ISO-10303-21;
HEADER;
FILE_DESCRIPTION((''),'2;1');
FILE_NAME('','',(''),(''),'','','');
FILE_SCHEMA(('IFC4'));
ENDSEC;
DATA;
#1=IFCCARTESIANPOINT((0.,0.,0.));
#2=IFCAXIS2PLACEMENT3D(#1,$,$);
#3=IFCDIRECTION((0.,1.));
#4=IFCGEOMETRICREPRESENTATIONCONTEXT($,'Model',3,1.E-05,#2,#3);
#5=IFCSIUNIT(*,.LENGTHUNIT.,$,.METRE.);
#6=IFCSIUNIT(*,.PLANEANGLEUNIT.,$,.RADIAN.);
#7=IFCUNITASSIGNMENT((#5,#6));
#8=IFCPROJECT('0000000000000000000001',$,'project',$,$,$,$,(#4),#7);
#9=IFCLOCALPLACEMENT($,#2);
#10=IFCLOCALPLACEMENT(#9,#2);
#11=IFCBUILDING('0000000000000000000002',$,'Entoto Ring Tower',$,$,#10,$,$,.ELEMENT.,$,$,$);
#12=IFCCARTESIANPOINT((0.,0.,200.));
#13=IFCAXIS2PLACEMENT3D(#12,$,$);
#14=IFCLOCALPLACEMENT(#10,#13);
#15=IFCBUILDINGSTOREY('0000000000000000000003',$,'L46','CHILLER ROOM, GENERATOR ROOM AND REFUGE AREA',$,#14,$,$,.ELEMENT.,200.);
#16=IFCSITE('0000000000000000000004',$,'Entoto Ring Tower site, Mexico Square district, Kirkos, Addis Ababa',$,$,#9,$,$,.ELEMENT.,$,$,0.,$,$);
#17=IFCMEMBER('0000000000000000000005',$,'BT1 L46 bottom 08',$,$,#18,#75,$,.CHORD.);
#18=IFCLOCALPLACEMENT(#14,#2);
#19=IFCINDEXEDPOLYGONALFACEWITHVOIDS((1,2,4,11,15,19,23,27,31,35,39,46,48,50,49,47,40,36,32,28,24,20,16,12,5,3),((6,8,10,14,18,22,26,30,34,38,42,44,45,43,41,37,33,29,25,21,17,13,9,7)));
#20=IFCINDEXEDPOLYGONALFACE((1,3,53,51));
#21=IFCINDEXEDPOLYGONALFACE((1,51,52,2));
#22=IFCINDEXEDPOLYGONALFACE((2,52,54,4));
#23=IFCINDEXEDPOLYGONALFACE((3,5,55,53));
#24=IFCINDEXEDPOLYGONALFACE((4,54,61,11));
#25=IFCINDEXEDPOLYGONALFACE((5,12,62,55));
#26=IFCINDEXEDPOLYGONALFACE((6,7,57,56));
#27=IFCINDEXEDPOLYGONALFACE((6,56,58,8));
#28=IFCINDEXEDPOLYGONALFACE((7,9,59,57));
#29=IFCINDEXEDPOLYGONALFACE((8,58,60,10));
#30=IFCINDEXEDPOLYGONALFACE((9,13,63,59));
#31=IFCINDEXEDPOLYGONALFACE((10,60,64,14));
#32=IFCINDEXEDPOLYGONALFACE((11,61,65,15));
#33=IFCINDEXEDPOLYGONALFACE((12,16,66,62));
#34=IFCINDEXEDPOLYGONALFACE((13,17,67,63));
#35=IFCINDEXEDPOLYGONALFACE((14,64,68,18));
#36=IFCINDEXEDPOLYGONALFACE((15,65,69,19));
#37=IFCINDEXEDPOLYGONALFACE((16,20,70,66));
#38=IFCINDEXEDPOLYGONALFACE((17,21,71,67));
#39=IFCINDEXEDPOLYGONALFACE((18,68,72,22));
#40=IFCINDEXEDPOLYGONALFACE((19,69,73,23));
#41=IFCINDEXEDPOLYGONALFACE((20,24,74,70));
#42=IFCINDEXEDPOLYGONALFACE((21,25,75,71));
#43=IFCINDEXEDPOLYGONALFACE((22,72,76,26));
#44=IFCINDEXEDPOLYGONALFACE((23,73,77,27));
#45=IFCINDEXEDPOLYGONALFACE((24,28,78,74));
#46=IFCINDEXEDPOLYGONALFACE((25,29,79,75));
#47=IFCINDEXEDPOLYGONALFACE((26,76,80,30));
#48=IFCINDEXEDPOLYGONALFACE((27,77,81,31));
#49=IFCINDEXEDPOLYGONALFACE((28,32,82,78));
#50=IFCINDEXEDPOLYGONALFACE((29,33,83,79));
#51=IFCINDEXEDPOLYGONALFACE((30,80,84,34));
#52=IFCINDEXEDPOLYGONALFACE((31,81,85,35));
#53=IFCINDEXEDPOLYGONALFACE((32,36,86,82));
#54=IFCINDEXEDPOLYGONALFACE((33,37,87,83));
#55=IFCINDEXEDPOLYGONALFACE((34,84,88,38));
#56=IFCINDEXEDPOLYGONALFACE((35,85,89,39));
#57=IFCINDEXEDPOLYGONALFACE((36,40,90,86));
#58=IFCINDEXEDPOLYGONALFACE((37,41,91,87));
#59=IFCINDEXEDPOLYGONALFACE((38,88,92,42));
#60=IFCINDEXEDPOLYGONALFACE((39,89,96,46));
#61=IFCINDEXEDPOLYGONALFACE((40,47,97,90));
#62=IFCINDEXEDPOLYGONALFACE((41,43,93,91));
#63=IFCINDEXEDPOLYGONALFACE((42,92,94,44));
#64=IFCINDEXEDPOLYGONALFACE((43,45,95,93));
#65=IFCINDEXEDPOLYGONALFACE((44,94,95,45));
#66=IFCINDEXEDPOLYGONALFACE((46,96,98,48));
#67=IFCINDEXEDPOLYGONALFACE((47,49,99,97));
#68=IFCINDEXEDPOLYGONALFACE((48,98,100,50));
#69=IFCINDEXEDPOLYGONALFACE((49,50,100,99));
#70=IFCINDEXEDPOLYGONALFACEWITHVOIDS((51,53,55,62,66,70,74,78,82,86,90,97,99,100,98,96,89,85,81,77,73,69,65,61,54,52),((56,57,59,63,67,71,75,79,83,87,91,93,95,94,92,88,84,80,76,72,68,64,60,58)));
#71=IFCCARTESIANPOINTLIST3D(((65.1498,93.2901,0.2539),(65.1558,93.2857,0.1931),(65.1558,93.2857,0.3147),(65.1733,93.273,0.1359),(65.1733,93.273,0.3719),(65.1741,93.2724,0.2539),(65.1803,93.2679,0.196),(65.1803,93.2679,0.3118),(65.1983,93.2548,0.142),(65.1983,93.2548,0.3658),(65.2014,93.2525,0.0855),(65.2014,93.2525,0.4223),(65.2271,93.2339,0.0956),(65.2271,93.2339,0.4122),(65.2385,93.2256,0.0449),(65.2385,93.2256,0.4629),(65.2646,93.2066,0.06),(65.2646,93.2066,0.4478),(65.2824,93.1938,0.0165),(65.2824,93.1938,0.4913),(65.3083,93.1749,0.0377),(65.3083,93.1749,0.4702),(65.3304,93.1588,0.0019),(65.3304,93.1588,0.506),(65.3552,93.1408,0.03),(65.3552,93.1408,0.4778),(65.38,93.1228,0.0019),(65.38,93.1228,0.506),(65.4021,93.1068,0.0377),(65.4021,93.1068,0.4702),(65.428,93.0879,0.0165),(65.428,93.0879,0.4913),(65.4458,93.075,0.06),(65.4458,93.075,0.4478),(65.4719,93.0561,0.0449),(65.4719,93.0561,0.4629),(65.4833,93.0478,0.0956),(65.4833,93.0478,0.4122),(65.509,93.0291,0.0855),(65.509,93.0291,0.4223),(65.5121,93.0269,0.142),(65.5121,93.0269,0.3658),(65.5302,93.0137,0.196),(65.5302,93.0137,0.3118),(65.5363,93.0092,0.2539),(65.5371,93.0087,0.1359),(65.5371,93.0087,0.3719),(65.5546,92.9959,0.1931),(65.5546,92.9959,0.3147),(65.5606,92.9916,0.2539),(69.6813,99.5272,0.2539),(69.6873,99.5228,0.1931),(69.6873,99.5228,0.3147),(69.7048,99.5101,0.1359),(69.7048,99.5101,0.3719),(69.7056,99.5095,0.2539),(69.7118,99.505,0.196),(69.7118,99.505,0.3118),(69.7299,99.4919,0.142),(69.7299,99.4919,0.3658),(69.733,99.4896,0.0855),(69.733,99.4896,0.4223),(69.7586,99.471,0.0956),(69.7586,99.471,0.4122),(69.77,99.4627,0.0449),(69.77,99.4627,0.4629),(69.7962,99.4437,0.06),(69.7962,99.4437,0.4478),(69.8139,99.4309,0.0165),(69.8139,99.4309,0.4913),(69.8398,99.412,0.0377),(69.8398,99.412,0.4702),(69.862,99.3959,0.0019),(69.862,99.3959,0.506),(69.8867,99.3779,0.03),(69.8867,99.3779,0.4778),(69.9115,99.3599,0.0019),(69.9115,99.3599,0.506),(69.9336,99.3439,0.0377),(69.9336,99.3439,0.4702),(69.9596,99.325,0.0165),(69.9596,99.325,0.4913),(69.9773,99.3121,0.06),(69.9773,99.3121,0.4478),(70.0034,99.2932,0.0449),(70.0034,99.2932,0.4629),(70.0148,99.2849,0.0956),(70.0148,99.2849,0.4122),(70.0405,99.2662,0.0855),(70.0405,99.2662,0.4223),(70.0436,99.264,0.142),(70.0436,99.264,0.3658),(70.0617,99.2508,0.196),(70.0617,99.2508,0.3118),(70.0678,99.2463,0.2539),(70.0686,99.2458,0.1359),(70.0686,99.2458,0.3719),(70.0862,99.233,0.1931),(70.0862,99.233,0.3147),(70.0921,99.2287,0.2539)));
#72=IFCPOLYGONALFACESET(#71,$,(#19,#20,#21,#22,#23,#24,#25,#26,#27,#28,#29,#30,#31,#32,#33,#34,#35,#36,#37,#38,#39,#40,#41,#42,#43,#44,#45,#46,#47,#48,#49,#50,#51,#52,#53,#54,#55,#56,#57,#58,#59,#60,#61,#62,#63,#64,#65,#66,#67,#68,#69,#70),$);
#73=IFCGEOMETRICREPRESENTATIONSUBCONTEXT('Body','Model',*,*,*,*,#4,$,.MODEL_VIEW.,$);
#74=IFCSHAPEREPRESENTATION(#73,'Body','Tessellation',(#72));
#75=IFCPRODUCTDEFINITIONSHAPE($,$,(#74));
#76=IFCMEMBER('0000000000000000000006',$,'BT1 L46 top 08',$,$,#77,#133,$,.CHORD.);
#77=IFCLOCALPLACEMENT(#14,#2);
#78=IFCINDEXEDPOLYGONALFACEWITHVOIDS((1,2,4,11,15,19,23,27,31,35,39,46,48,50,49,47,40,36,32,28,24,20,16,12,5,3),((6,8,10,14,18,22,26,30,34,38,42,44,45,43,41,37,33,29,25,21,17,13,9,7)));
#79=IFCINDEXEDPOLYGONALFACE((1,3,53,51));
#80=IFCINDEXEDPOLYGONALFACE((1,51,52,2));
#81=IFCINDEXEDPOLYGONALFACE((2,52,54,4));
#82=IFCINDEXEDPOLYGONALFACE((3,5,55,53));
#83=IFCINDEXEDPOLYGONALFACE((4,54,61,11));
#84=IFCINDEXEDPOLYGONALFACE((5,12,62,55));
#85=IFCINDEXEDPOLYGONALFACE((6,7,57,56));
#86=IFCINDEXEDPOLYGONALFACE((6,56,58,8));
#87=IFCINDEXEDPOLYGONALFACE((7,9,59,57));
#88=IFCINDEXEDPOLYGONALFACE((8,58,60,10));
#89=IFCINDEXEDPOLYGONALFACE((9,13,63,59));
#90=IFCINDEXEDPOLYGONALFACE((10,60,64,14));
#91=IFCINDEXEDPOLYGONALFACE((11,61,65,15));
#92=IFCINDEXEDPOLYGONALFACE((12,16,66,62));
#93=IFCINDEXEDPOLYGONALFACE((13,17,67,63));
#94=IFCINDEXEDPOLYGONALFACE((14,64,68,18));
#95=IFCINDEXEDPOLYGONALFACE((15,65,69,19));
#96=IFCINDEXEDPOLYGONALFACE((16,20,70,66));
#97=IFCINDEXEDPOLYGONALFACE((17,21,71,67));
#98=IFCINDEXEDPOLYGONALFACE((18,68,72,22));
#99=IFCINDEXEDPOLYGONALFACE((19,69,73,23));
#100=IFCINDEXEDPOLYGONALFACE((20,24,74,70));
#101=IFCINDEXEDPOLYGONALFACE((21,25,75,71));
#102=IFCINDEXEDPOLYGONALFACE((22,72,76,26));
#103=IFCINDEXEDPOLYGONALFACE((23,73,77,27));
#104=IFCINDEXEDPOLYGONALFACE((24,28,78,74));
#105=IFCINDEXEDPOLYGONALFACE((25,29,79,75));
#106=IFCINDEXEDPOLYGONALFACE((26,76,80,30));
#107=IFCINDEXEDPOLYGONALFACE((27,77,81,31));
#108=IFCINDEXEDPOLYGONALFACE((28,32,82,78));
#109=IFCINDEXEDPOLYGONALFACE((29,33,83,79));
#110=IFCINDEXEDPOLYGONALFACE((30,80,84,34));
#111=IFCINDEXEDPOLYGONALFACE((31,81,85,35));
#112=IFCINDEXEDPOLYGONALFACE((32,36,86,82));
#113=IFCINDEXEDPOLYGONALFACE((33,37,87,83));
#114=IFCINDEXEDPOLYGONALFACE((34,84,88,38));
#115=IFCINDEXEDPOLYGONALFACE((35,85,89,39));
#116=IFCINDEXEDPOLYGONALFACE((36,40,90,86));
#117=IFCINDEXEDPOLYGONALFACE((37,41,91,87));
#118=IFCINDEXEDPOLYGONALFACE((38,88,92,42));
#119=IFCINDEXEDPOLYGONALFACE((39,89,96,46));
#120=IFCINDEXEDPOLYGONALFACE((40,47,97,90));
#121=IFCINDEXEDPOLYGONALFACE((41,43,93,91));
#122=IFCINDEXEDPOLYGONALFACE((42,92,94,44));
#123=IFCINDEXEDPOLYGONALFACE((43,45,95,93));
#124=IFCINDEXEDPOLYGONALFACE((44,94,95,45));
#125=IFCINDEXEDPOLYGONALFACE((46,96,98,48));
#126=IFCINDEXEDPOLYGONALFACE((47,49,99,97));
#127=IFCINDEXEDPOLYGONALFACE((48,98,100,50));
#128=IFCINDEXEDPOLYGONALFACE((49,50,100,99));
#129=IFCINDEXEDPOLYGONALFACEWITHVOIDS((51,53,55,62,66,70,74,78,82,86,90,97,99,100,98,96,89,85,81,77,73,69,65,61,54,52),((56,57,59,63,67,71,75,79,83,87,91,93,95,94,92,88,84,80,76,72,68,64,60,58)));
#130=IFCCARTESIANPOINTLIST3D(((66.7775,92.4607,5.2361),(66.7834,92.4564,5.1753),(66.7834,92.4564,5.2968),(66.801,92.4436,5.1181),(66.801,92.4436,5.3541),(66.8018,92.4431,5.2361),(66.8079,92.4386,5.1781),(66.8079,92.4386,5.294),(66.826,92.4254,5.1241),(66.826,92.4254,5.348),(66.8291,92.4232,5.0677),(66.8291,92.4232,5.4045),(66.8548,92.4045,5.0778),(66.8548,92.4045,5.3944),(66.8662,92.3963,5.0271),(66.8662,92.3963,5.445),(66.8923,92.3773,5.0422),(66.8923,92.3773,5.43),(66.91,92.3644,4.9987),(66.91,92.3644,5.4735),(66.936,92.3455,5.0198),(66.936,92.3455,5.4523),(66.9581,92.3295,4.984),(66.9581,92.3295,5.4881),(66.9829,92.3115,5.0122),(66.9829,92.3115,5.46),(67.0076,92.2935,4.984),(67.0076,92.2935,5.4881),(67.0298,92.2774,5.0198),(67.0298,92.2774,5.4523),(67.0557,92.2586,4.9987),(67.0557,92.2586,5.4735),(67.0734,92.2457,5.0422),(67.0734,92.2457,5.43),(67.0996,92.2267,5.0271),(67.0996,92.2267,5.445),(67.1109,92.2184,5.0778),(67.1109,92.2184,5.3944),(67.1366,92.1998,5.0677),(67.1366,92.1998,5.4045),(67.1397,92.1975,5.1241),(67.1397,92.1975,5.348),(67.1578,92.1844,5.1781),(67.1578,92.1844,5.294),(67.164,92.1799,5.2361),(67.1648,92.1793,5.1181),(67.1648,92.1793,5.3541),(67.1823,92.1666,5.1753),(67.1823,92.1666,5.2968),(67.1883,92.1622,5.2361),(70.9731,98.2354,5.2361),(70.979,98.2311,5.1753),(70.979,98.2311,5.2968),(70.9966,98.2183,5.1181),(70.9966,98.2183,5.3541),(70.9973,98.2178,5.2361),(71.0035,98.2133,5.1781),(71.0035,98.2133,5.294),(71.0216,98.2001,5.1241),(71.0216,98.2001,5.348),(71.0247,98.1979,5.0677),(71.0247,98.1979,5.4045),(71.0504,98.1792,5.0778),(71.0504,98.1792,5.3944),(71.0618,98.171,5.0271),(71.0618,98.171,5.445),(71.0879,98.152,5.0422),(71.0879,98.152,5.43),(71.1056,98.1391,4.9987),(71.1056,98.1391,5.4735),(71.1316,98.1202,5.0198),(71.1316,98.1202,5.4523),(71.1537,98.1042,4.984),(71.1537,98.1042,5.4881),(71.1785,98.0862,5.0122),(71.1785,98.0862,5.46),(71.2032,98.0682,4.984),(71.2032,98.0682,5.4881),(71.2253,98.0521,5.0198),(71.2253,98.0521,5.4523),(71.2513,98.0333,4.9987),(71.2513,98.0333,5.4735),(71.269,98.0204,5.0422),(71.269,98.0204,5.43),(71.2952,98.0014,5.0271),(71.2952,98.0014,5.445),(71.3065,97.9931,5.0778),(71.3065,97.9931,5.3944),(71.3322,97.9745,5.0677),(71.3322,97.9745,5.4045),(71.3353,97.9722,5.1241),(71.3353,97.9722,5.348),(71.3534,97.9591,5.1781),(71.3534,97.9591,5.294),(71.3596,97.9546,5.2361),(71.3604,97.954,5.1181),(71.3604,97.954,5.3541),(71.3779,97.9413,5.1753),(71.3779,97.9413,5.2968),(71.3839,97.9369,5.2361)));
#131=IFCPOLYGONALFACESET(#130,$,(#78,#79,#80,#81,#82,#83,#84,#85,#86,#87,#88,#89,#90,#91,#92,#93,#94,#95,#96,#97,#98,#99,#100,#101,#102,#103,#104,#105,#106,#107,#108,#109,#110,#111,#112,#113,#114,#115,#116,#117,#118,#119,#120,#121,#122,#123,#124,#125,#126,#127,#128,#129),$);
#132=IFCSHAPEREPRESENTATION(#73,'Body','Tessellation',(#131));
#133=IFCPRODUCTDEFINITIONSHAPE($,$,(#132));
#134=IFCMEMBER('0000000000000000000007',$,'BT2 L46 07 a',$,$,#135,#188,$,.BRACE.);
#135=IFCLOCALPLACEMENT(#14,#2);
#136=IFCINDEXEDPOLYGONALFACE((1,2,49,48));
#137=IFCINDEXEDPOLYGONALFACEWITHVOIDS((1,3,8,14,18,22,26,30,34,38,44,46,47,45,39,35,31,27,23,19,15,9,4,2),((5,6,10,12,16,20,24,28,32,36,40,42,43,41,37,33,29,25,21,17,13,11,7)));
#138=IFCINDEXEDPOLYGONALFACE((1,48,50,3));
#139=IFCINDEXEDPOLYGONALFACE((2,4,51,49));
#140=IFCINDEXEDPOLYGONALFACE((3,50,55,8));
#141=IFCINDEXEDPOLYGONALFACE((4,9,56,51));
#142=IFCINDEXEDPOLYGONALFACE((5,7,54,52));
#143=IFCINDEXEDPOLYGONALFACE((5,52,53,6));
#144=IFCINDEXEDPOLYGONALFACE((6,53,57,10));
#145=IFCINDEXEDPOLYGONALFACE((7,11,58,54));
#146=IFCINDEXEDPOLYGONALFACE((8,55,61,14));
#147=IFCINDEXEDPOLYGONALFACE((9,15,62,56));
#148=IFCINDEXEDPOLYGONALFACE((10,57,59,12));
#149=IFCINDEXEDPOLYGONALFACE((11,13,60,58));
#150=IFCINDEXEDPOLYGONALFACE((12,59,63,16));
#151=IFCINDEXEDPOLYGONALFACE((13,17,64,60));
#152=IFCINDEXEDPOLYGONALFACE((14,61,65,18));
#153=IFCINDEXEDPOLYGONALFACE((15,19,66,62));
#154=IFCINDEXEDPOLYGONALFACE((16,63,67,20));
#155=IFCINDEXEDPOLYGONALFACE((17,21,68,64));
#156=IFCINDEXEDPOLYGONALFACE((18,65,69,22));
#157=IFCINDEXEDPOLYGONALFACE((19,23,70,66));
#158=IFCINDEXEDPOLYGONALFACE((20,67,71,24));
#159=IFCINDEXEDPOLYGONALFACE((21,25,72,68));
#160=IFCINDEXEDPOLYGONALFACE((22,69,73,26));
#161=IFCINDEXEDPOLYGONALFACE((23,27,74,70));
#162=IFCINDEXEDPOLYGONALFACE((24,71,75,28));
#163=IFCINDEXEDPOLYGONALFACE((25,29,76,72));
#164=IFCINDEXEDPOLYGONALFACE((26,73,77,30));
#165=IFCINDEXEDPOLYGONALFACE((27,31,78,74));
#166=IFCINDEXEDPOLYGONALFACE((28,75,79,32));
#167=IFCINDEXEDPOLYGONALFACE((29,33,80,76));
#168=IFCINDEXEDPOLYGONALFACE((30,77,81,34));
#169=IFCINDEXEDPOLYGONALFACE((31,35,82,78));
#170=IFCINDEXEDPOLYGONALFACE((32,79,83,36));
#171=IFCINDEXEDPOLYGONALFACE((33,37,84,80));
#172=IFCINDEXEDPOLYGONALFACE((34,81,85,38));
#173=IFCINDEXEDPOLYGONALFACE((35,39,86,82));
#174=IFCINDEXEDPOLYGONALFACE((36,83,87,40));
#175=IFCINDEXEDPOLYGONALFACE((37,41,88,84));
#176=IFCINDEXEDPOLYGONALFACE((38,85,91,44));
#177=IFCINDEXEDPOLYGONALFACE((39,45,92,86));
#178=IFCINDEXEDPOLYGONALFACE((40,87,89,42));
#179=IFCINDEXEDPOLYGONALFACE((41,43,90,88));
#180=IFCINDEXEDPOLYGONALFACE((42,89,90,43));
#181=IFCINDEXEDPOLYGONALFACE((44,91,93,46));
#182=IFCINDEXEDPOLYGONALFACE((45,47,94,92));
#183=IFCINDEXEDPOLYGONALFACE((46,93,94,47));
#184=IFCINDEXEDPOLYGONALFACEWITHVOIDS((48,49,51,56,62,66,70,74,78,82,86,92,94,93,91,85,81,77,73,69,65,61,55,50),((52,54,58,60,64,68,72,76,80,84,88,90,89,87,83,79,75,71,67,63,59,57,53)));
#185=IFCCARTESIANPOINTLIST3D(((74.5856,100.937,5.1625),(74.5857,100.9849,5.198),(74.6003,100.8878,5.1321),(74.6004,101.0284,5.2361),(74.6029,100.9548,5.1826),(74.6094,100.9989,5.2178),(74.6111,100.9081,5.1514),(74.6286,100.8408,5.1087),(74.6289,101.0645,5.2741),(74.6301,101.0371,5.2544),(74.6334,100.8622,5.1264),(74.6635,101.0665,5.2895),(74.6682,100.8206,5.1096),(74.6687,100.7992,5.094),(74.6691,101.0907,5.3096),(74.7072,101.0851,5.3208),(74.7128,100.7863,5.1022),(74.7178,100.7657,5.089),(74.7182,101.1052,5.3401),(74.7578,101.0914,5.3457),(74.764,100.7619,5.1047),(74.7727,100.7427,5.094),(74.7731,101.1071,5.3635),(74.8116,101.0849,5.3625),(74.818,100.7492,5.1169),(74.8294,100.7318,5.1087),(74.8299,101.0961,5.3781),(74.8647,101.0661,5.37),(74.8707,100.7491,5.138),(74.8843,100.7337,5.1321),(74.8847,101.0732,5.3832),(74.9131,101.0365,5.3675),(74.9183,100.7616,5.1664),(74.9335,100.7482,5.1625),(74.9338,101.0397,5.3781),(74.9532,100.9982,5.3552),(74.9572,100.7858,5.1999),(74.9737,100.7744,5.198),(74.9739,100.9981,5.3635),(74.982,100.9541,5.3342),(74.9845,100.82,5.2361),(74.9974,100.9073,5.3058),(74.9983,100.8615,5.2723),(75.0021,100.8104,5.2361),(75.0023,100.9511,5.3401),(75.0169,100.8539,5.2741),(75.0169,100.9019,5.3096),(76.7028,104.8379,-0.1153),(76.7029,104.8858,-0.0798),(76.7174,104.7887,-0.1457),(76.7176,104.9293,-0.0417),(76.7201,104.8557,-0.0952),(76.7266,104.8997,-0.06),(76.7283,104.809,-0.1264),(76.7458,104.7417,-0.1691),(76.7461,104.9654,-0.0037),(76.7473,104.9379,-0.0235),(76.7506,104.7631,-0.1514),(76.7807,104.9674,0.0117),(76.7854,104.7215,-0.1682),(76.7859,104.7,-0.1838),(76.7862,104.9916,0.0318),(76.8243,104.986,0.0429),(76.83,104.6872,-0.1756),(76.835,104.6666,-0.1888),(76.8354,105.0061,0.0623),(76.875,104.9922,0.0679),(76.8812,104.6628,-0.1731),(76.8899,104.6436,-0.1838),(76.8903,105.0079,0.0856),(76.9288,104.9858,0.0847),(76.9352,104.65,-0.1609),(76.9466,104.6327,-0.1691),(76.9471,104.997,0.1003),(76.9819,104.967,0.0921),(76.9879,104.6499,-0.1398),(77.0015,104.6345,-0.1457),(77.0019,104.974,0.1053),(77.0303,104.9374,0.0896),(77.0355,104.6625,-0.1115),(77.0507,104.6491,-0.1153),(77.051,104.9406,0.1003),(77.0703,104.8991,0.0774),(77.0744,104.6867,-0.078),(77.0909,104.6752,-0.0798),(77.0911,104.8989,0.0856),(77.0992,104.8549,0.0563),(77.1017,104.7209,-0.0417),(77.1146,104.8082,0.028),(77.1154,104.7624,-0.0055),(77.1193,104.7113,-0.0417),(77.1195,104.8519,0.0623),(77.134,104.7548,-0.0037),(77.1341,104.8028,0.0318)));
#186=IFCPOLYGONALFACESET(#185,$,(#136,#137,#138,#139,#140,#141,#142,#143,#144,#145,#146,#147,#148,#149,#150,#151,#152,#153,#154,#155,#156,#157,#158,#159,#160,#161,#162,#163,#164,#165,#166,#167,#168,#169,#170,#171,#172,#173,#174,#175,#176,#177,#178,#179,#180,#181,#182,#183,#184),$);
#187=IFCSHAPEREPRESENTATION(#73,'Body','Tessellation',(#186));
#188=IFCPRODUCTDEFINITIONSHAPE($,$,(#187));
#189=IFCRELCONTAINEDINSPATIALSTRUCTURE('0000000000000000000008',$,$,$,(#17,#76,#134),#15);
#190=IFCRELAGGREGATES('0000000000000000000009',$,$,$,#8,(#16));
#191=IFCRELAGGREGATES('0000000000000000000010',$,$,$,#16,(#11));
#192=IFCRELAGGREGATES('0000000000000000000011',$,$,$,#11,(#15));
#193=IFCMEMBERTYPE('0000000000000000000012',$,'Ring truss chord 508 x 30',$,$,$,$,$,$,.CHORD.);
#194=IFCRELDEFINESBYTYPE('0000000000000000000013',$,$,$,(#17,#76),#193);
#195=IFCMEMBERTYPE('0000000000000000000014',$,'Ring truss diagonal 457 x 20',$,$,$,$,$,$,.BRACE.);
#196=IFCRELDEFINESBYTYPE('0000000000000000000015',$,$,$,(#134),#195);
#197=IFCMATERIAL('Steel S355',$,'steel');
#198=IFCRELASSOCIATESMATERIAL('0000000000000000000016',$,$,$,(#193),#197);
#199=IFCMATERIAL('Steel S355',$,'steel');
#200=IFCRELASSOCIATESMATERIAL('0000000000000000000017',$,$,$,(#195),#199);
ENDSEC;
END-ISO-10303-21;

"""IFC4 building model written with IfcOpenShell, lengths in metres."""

from ifc_helpers import new_model, si_unit, direction, frame, origin, origin_2d, place, context, subcontext, project, spatial, circle, hollow_circle, extrude, material, material_profile, profile_set, type_object, element, save


model = new_model("IFC4")

# Units and contexts
model_context = context("Model", 3, precision=1e-05, world=origin(), true_north=direction((0.0, 1.0)))
body_context = subcontext(model_context, "Body", "Model", "MODEL_VIEW")
ifc_project = project(units=[si_unit("LENGTHUNIT", "METRE"), si_unit("PLANEANGLEUNIT", "RADIAN")], contexts=[model_context])

# Site, building, storey
site_placement = place(None, origin())
site = spatial("IfcSite", under=ifc_project, at=site_placement, Name="Entoto Ring Tower site, Mexico Square district, Kirkos, Addis Ababa", CompositionType="ELEMENT", RefElevation=0.0)
building_placement = place(site_placement, origin())
building = spatial("IfcBuilding", under=site, at=building_placement, Name="Entoto Ring Tower", CompositionType="ELEMENT")
storey_placement = place(building_placement, frame((0.0, 0.0, 200.0)))
storey = spatial("IfcBuildingStorey", under=building, at=storey_placement, Name="L46", Description="CHILLER ROOM, GENERATOR ROOM AND REFUGE AREA", CompositionType="ELEMENT", Elevation=200.0)

# Members
ifc_material_1 = material(Name="Steel S355", Category="steel")
ifc_material_profile_1 = material_profile(ifc_material_1, hollow_circle(Radius=0.2539, WallThickness=0.03, at=origin_2d()), Name="CHS 508 x 30")
ifc_material_2 = material(Name="Concrete C60/75", Category="concrete")
ifc_material_profile_2 = material_profile(ifc_material_2, circle(Radius=0.2241, at=origin_2d()), Name="Concrete C60/75 infill")
ifc_profile_set_1 = profile_set([ifc_material_profile_1, ifc_material_profile_2], Name="Steel S355")
member_type_1 = type_object("IfcMemberType", Name="Ring truss chord 508 x 30", PredefinedType="CHORD", material=ifc_profile_set_1)
for number, where, z_axis, x_axis, name in (
    (1, (69.8867, 99.3779, 0.2539), (-0.587786, -0.809017, 0.0), (0.809017, -0.587786, 0.0), "BT1 L46 bottom 08"),
):
    element("IfcMember", number, at=place(storey_placement, frame(where, z_axis=z_axis, x_axis=x_axis)), inside=storey, type_object=member_type_1, Name=name, PredefinedType="CHORD", context=body_context, shape_type="SweptSolid", body=[
        extrude(hollow_circle(Radius=0.2539, WallThickness=0.03, at=origin_2d()), origin(), (0.0, 0.0, 1.0), 7.7095),
    ])
member_1_placement = place(storey_placement, frame((71.1785, 98.0862, 5.2361), z_axis=(-0.587787, -0.809016, 0.0), x_axis=(0.809016, -0.587787, 0.0)))
element("IfcMember", 2, at=member_1_placement, inside=storey, type_object=member_type_1, Name="BT1 L46 top 08", PredefinedType="CHORD", context=body_context, shape_type="SweptSolid", body=[
    extrude(hollow_circle(Radius=0.2539, WallThickness=0.03, at=origin_2d()), origin(), (0.0, 0.0, 1.0), 7.1379),
])
ifc_material_3 = material(Name="Steel S355", Category="steel")
ifc_material_profile_3 = material_profile(ifc_material_3, hollow_circle(Radius=0.2285, WallThickness=0.02, at=origin_2d()), Name="CHS 457 x 20")
ifc_material_4 = material(Name="Concrete C60/75", Category="concrete")
ifc_material_profile_4 = material_profile(ifc_material_4, circle(Radius=0.2085, at=origin_2d()), Name="Concrete C60/75 infill")
ifc_profile_set_2 = profile_set([ifc_material_profile_3, ifc_material_profile_4], Name="Steel S355")
member_type_2 = type_object("IfcMemberType", Name="Ring truss diagonal 457 x 20", PredefinedType="BRACE", material=ifc_profile_set_2)
for number, where, z_axis, x_axis, name in (
    (3, (76.9185, 104.8203, -0.0417), (-0.307017, -0.565672, 0.765347), (0.878894, -0.477017, 0.0), "BT2 L46 07 a"),
):
    element("IfcMember", number, at=place(storey_placement, frame(where, z_axis=z_axis, x_axis=x_axis)), inside=storey, type_object=member_type_2, Name=name, PredefinedType="BRACE", context=body_context, shape_type="SweptSolid", body=[
        extrude(hollow_circle(Radius=0.2285, WallThickness=0.02, at=origin_2d()), origin(), (0.0, 0.0, 1.0), 6.896),
    ])

save(model, "model.ifc")
